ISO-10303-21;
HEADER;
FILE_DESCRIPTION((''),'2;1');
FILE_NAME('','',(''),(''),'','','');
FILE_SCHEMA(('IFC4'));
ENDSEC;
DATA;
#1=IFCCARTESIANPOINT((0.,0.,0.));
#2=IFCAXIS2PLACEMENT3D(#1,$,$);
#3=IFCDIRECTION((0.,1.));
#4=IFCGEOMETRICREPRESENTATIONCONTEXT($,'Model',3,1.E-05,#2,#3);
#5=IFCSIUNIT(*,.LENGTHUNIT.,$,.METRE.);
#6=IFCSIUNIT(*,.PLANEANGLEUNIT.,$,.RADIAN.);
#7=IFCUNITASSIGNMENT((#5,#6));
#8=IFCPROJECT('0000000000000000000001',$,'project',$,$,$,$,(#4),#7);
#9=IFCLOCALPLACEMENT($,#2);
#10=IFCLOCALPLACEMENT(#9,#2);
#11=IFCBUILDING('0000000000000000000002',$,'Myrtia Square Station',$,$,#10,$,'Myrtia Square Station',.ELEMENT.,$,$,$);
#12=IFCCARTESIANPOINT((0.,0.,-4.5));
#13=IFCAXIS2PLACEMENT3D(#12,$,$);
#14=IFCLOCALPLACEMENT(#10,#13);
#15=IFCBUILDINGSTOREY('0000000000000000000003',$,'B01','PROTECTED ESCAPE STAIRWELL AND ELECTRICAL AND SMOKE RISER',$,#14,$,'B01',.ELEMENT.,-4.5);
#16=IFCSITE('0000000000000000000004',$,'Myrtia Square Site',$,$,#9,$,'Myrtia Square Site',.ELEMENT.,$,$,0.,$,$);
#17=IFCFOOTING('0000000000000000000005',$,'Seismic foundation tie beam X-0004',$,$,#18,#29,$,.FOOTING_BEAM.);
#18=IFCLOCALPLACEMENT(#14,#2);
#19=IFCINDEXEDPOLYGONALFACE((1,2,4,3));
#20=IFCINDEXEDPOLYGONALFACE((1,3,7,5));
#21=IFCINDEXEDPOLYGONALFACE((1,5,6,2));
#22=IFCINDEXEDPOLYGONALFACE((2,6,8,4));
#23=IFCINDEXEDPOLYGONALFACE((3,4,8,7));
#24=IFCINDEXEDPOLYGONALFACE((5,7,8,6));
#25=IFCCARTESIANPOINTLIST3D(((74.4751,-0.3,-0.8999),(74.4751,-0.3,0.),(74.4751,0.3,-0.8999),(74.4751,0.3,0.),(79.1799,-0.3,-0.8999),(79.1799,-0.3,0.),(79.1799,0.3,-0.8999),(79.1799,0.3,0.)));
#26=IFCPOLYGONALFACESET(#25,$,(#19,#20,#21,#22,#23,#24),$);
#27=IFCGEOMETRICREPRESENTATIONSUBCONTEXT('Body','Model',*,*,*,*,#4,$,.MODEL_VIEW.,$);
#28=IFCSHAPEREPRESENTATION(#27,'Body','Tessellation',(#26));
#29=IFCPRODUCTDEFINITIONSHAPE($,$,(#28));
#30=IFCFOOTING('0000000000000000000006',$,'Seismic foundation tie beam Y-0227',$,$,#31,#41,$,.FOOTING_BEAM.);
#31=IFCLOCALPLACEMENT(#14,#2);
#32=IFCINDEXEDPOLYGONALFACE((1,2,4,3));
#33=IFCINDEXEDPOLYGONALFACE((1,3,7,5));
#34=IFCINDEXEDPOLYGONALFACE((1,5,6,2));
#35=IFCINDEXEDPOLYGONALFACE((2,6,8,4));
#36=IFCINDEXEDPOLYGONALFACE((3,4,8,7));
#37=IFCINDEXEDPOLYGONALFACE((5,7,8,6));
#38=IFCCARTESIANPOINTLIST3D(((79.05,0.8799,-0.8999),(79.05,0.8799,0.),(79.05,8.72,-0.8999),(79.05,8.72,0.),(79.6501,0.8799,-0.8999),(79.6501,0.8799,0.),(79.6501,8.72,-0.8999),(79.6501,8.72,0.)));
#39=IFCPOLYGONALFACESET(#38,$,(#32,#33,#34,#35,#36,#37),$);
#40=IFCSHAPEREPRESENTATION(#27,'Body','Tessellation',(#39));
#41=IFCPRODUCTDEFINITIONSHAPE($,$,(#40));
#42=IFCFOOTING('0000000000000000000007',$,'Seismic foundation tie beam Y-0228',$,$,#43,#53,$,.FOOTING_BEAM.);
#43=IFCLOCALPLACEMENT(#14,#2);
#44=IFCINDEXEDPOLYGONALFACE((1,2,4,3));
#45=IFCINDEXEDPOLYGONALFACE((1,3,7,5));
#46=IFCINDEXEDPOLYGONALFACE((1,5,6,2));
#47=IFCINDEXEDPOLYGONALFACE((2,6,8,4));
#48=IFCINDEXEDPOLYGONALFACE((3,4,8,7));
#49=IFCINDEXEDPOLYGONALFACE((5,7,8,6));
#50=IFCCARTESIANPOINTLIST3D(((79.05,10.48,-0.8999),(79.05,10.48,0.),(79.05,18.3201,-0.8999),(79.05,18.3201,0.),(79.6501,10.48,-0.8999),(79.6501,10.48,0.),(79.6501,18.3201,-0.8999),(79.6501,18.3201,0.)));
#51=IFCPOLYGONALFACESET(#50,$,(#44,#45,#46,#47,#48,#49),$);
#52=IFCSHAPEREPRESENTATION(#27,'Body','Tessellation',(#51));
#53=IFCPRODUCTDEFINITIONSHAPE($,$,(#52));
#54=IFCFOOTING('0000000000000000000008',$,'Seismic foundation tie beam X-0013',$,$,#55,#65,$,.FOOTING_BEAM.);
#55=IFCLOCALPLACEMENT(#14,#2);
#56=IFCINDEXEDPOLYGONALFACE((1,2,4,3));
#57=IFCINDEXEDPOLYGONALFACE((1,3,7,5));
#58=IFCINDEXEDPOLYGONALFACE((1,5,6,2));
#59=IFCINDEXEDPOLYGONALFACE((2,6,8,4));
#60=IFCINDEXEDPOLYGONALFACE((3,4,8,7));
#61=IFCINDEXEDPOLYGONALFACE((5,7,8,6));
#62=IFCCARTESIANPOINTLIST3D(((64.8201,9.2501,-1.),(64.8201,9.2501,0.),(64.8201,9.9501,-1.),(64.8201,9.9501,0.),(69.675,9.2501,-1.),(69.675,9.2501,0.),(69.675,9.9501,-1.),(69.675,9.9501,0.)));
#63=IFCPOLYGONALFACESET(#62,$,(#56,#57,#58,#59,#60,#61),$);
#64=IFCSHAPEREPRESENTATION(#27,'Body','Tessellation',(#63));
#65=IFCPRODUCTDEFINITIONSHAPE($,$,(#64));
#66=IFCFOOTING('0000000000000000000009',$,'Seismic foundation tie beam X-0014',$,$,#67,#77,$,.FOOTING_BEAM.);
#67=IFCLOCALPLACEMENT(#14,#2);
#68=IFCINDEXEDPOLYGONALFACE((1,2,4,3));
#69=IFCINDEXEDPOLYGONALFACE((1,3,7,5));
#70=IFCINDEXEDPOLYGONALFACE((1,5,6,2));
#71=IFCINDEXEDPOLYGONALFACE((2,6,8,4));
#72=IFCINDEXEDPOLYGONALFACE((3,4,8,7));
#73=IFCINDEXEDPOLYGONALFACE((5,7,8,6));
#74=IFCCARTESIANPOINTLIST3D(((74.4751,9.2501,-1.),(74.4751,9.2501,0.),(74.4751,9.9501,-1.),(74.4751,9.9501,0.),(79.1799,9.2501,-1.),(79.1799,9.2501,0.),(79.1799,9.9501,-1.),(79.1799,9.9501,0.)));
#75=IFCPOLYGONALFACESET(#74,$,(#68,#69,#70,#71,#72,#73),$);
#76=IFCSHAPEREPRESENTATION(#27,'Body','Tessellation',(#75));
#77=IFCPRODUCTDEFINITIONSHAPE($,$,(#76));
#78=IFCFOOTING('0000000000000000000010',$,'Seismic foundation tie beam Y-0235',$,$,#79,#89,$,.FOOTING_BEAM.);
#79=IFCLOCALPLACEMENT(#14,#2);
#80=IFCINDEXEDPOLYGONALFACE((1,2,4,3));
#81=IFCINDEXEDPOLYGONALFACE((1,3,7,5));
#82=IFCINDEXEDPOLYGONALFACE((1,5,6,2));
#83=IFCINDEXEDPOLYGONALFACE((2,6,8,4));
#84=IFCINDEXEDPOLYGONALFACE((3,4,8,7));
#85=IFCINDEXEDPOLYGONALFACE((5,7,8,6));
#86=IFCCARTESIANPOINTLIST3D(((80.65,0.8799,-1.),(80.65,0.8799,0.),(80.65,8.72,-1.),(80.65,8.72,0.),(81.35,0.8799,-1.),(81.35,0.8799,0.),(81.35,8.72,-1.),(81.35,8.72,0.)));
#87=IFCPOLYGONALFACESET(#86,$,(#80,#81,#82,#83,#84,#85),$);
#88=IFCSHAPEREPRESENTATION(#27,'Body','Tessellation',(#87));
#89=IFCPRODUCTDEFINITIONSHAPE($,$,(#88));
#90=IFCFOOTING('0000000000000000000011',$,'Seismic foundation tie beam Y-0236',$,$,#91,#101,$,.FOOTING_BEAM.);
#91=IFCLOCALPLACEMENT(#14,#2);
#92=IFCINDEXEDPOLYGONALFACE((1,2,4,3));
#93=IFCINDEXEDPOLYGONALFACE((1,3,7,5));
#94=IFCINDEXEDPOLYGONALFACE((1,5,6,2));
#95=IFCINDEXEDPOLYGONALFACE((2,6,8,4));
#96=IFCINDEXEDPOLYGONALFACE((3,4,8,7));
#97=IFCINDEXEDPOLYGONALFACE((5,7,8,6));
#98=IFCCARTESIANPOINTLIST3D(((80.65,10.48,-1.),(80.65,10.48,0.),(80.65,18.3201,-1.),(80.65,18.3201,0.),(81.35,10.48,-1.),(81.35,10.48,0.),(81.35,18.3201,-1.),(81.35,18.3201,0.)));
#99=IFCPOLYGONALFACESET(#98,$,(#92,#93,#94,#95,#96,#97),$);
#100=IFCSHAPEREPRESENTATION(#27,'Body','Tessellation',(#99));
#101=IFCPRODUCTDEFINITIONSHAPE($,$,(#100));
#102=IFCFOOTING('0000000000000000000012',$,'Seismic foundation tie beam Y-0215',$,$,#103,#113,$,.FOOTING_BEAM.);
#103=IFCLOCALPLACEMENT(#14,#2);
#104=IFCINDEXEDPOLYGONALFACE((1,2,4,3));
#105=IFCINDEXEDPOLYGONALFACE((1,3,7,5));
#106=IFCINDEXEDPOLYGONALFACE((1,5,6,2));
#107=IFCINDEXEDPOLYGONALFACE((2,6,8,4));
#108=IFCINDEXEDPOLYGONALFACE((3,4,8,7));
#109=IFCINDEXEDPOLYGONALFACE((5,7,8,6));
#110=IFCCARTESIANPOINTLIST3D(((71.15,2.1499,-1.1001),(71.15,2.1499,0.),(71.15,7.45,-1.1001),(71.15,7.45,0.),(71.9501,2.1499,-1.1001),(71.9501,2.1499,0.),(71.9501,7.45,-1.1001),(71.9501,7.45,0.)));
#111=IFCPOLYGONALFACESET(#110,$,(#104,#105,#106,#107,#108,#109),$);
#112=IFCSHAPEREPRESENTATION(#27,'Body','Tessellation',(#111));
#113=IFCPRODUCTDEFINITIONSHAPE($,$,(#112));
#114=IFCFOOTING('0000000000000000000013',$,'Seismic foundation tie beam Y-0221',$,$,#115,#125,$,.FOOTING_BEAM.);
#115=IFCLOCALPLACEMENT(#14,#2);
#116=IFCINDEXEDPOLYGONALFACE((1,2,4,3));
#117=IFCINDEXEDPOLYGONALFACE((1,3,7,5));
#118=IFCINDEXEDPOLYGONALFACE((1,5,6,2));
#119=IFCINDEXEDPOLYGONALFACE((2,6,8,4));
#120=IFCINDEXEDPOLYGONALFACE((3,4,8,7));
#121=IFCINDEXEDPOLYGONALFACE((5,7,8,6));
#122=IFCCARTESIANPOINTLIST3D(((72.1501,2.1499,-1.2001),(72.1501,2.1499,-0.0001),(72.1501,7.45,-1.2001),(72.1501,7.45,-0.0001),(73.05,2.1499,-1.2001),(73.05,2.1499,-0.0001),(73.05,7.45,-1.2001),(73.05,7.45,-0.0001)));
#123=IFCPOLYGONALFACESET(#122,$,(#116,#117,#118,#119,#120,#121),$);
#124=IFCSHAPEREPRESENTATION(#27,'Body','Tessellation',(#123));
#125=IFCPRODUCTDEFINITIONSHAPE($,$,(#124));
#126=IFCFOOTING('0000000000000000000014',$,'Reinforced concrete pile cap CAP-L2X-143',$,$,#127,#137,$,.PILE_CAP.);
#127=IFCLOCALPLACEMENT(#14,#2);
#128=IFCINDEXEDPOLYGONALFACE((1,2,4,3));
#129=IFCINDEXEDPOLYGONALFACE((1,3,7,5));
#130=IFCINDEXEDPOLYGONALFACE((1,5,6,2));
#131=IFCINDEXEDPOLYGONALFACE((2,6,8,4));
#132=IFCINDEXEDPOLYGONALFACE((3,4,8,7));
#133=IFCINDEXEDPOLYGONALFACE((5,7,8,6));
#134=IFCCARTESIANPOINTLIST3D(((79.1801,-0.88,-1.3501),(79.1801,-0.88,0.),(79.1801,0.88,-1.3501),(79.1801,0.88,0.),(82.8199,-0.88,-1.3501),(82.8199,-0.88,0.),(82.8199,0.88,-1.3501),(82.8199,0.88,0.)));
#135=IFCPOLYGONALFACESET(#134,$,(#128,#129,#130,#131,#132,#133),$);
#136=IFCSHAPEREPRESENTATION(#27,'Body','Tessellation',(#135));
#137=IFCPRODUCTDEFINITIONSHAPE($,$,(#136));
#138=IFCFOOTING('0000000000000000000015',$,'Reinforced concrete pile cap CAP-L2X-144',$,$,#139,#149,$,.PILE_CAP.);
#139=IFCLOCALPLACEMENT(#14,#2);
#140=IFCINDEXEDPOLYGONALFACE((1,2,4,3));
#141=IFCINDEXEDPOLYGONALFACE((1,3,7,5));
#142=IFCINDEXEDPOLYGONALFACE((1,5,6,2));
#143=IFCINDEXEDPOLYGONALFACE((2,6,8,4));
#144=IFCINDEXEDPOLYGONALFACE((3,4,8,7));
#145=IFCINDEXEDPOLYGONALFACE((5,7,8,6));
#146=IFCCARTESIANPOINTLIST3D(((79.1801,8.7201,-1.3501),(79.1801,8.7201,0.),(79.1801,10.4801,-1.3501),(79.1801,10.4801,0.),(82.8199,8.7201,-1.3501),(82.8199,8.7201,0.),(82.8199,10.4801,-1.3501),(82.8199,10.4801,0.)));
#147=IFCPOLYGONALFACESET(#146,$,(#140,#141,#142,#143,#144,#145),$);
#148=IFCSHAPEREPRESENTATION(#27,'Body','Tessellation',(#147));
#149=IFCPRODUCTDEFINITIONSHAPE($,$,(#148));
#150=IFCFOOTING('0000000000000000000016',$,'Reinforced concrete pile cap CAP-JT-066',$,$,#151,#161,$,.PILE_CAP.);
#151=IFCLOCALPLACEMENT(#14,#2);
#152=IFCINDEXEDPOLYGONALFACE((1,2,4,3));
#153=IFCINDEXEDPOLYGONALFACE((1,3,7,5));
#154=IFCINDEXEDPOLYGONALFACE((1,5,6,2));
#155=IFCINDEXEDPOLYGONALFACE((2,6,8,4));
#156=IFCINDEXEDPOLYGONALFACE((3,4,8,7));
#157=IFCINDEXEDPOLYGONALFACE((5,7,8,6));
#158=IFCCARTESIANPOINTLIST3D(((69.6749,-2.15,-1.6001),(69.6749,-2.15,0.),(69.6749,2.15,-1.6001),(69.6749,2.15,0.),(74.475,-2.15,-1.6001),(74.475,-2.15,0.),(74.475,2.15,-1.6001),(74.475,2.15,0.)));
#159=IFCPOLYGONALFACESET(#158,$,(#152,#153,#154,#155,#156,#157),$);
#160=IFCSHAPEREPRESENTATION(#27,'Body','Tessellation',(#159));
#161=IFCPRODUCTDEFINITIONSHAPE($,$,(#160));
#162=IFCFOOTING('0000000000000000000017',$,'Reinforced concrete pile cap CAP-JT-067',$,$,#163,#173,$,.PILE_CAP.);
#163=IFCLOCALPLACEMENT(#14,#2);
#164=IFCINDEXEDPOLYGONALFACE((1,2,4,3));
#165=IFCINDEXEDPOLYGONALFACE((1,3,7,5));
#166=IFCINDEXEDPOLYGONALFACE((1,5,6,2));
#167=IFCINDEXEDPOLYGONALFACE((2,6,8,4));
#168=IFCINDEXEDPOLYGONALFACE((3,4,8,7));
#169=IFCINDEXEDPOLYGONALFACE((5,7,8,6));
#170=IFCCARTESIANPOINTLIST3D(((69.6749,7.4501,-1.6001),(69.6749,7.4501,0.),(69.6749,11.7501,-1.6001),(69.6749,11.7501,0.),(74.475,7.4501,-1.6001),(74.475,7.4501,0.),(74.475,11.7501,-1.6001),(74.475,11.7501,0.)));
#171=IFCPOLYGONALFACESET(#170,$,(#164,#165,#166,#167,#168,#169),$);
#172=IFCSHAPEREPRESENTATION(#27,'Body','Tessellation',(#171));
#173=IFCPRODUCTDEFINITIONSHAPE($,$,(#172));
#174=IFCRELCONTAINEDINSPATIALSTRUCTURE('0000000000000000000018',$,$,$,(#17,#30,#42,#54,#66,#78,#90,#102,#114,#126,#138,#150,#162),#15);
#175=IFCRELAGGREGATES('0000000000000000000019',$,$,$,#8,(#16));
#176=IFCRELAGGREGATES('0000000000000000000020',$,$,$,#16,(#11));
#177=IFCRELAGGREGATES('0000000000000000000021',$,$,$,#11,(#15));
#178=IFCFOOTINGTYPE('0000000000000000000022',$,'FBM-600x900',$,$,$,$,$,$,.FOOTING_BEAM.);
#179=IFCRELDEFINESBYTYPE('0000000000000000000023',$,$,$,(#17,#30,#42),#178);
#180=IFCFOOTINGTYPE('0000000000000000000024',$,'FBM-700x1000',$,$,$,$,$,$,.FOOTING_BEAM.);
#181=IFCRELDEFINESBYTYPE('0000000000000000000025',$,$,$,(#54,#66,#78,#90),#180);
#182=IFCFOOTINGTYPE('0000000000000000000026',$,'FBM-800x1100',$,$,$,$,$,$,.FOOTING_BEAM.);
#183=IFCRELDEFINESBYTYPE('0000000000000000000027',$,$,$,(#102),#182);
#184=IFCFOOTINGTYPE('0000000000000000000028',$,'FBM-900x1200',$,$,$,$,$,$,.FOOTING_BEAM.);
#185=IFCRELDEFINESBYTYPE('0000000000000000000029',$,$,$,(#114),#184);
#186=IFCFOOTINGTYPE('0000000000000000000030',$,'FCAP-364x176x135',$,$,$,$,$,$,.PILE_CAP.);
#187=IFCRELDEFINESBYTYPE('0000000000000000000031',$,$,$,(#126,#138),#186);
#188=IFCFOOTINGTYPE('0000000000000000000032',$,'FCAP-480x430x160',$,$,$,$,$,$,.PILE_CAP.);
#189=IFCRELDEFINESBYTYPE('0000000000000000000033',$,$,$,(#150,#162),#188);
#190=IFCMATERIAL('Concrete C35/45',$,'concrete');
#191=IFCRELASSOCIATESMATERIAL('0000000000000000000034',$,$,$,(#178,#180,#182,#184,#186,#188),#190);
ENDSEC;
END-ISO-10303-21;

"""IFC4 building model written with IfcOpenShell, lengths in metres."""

from ifc_helpers import new_model, si_unit, direction, frame, origin, origin_2d, place, context, subcontext, project, spatial, rectangle, extrude, material, material_profile, profile_set, type_object, element, save


model = new_model("IFC4")

# Units and contexts
model_context = context("Model", 3, precision=1e-05, world=origin(), true_north=direction((0.0, 1.0)))
body_context = subcontext(model_context, "Body", "Model", "MODEL_VIEW")
ifc_project = project(units=[si_unit("LENGTHUNIT", "METRE"), si_unit("PLANEANGLEUNIT", "RADIAN")], contexts=[model_context])

# Site, building, storey
site_placement = place(None, origin())
site = spatial("IfcSite", under=ifc_project, at=site_placement, Name="Myrtia Square Site", LongName="Myrtia Square Site", CompositionType="ELEMENT", RefElevation=0.0)
building_placement = place(site_placement, origin())
building = spatial("IfcBuilding", under=site, at=building_placement, Name="Myrtia Square Station", LongName="Myrtia Square Station", CompositionType="ELEMENT")
storey_placement = place(building_placement, frame((0.0, 0.0, -4.5)))
storey = spatial("IfcBuildingStorey", under=building, at=storey_placement, Name="B01", Description="PROTECTED ESCAPE STAIRWELL AND ELECTRICAL AND SMOKE RISER", LongName="B01", CompositionType="ELEMENT", Elevation=-4.5)

# Footings
ifc_material_1 = material(Name="Concrete C35/45", Category="concrete")
ifc_material_profile_1 = material_profile(ifc_material_1, rectangle(XDim=0.6001, YDim=0.8999, at=origin_2d()), Name="FB 600x900")
ifc_profile_set_1 = profile_set([ifc_material_profile_1], Name="Concrete C35/45")
footing_type_1 = type_object("IfcFootingType", Name="FBM-600x900", PredefinedType="FOOTING_BEAM", material=ifc_profile_set_1)
footing_1_placement = place(storey_placement, frame((74.4751, 0.0, -0.45), z_axis=(1.0, 0.0, 0.0), x_axis=(0.0, 1.0, 0.0)))
element("IfcFooting", 1, at=footing_1_placement, inside=storey, type_object=footing_type_1, Name="Seismic foundation tie beam X-0004", PredefinedType="FOOTING_BEAM", context=body_context, shape_type="SweptSolid", body=[
    extrude(rectangle(XDim=0.6001, YDim=0.8999, at=origin_2d()), origin(), (0.0, 0.0, 1.0), 4.7048),
])
for number, where, z_axis, x_axis, name in (
    (2, (79.3501, 0.8799, -0.45), (0.0, 1.0, 0.0), (-1.0, 0.0, 0.0), "Seismic foundation tie beam Y-0227"),
    (3, (79.3501, 10.48, -0.45), (0.0, 1.0, 0.0), (-1.0, 0.0, 0.0), "Seismic foundation tie beam Y-0228"),
):
    element("IfcFooting", number, at=place(storey_placement, frame(where, z_axis=z_axis, x_axis=x_axis)), inside=storey, type_object=footing_type_1, Name=name, PredefinedType="FOOTING_BEAM", context=body_context, shape_type="SweptSolid", body=[
        extrude(rectangle(XDim=0.6001, YDim=0.8999, at=origin_2d()), origin(), (0.0, 0.0, 1.0), 7.8401),
    ])
ifc_material_profile_2 = material_profile(ifc_material_1, rectangle(XDim=0.7, YDim=1.0, at=origin_2d()), Name="FB 700x1000")
ifc_profile_set_2 = profile_set([ifc_material_profile_2], Name="Concrete C35/45")
footing_type_2 = type_object("IfcFootingType", Name="FBM-700x1000", PredefinedType="FOOTING_BEAM", material=ifc_profile_set_2)
footing_2_placement = place(storey_placement, frame((64.8201, 9.6001, -0.5), z_axis=(1.0, 0.0, 0.0), x_axis=(0.0, 1.0, 0.0)))
element("IfcFooting", 4, at=footing_2_placement, inside=storey, type_object=footing_type_2, Name="Seismic foundation tie beam X-0013", PredefinedType="FOOTING_BEAM", context=body_context, shape_type="SweptSolid", body=[
    extrude(rectangle(XDim=0.7, YDim=1.0, at=origin_2d()), origin(), (0.0, 0.0, 1.0), 4.855),
])
footing_3_placement = place(storey_placement, frame((74.4751, 9.6001, -0.5), z_axis=(1.0, 0.0, 0.0), x_axis=(0.0, 1.0, 0.0)))
element("IfcFooting", 5, at=footing_3_placement, inside=storey, type_object=footing_type_2, Name="Seismic foundation tie beam X-0014", PredefinedType="FOOTING_BEAM", context=body_context, shape_type="SweptSolid", body=[
    extrude(rectangle(XDim=0.7, YDim=1.0, at=origin_2d()), origin(), (0.0, 0.0, 1.0), 4.7048),
])
for number, where, z_axis, x_axis, name in (
    (6, (81.0, 0.8799, -0.5), (0.0, 1.0, 0.0), (-1.0, 0.0, 0.0), "Seismic foundation tie beam Y-0235"),
    (7, (81.0, 10.48, -0.5), (0.0, 1.0, 0.0), (-1.0, 0.0, 0.0), "Seismic foundation tie beam Y-0236"),
):
    element("IfcFooting", number, at=place(storey_placement, frame(where, z_axis=z_axis, x_axis=x_axis)), inside=storey, type_object=footing_type_2, Name=name, PredefinedType="FOOTING_BEAM", context=body_context, shape_type="SweptSolid", body=[
        extrude(rectangle(XDim=0.7, YDim=1.0, at=origin_2d()), origin(), (0.0, 0.0, 1.0), 7.8401),
    ])
ifc_material_profile_3 = material_profile(ifc_material_1, rectangle(XDim=0.8, YDim=1.1001, at=origin_2d()), Name="FB 800x1100")
ifc_profile_set_3 = profile_set([ifc_material_profile_3], Name="Concrete C35/45")
footing_type_3 = type_object("IfcFootingType", Name="FBM-800x1100", PredefinedType="FOOTING_BEAM", material=ifc_profile_set_3)
footing_4_placement = place(storey_placement, frame((71.55, 2.1499, -0.55), z_axis=(0.0, 1.0, 0.0), x_axis=(-1.0, 0.0, 0.0)))
element("IfcFooting", 8, at=footing_4_placement, inside=storey, type_object=footing_type_3, Name="Seismic foundation tie beam Y-0215", PredefinedType="FOOTING_BEAM", context=body_context, shape_type="SweptSolid", body=[
    extrude(rectangle(XDim=0.8, YDim=1.1001, at=origin_2d()), origin(), (0.0, 0.0, 1.0), 5.3),
])
ifc_material_profile_4 = material_profile(ifc_material_1, rectangle(XDim=0.8999, YDim=1.2, at=origin_2d()), Name="FB 900x1200")
ifc_profile_set_4 = profile_set([ifc_material_profile_4], Name="Concrete C35/45")
footing_type_4 = type_object("IfcFootingType", Name="FBM-900x1200", PredefinedType="FOOTING_BEAM", material=ifc_profile_set_4)
footing_5_placement = place(storey_placement, frame((72.6001, 2.1499, -0.6001), z_axis=(0.0, 1.0, 0.0), x_axis=(-1.0, 0.0, 0.0)))
element("IfcFooting", 9, at=footing_5_placement, inside=storey, type_object=footing_type_4, Name="Seismic foundation tie beam Y-0221", PredefinedType="FOOTING_BEAM", context=body_context, shape_type="SweptSolid", body=[
    extrude(rectangle(XDim=0.8999, YDim=1.2, at=origin_2d()), origin(), (0.0, 0.0, 1.0), 5.3),
])
footing_type_5 = type_object("IfcFootingType", Name="FCAP-364x176x135", PredefinedType="PILE_CAP", material=ifc_material_1)
for number, where, z_axis, x_axis, name in (
    (10, (81.0, 0.0, -1.3501), (0.0, 0.0, 1.0), (1.0, 0.0, 0.0), "Reinforced concrete pile cap CAP-L2X-143"),
    (11, (81.0, 9.6001, -1.3501), (0.0, 0.0, 1.0), (1.0, 0.0, 0.0), "Reinforced concrete pile cap CAP-L2X-144"),
):
    element("IfcFooting", number, at=place(storey_placement, frame(where, z_axis=z_axis, x_axis=x_axis)), inside=storey, type_object=footing_type_5, Name=name, PredefinedType="PILE_CAP", context=body_context, shape_type="SweptSolid", body=[
        extrude(rectangle(XDim=3.6399, YDim=1.76, at=origin_2d()), origin(), (0.0, 0.0, 1.0), 1.3501),
    ])
footing_type_6 = type_object("IfcFootingType", Name="FCAP-480x430x160", PredefinedType="PILE_CAP", material=ifc_material_1)
for number, where, z_axis, x_axis, name in (
    (12, (72.075, 0.0, -1.6001), (0.0, 0.0, 1.0), (1.0, 0.0, 0.0), "Reinforced concrete pile cap CAP-JT-066"),
    (13, (72.075, 9.6001, -1.6001), (0.0, 0.0, 1.0), (1.0, 0.0, 0.0), "Reinforced concrete pile cap CAP-JT-067"),
):
    element("IfcFooting", number, at=place(storey_placement, frame(where, z_axis=z_axis, x_axis=x_axis)), inside=storey, type_object=footing_type_6, Name=name, PredefinedType="PILE_CAP", context=body_context, shape_type="SweptSolid", body=[
        extrude(rectangle(XDim=4.8, YDim=4.3, at=origin_2d()), origin(), (0.0, 0.0, 1.0), 1.6001),
    ])

save(model, "model.ifc")
